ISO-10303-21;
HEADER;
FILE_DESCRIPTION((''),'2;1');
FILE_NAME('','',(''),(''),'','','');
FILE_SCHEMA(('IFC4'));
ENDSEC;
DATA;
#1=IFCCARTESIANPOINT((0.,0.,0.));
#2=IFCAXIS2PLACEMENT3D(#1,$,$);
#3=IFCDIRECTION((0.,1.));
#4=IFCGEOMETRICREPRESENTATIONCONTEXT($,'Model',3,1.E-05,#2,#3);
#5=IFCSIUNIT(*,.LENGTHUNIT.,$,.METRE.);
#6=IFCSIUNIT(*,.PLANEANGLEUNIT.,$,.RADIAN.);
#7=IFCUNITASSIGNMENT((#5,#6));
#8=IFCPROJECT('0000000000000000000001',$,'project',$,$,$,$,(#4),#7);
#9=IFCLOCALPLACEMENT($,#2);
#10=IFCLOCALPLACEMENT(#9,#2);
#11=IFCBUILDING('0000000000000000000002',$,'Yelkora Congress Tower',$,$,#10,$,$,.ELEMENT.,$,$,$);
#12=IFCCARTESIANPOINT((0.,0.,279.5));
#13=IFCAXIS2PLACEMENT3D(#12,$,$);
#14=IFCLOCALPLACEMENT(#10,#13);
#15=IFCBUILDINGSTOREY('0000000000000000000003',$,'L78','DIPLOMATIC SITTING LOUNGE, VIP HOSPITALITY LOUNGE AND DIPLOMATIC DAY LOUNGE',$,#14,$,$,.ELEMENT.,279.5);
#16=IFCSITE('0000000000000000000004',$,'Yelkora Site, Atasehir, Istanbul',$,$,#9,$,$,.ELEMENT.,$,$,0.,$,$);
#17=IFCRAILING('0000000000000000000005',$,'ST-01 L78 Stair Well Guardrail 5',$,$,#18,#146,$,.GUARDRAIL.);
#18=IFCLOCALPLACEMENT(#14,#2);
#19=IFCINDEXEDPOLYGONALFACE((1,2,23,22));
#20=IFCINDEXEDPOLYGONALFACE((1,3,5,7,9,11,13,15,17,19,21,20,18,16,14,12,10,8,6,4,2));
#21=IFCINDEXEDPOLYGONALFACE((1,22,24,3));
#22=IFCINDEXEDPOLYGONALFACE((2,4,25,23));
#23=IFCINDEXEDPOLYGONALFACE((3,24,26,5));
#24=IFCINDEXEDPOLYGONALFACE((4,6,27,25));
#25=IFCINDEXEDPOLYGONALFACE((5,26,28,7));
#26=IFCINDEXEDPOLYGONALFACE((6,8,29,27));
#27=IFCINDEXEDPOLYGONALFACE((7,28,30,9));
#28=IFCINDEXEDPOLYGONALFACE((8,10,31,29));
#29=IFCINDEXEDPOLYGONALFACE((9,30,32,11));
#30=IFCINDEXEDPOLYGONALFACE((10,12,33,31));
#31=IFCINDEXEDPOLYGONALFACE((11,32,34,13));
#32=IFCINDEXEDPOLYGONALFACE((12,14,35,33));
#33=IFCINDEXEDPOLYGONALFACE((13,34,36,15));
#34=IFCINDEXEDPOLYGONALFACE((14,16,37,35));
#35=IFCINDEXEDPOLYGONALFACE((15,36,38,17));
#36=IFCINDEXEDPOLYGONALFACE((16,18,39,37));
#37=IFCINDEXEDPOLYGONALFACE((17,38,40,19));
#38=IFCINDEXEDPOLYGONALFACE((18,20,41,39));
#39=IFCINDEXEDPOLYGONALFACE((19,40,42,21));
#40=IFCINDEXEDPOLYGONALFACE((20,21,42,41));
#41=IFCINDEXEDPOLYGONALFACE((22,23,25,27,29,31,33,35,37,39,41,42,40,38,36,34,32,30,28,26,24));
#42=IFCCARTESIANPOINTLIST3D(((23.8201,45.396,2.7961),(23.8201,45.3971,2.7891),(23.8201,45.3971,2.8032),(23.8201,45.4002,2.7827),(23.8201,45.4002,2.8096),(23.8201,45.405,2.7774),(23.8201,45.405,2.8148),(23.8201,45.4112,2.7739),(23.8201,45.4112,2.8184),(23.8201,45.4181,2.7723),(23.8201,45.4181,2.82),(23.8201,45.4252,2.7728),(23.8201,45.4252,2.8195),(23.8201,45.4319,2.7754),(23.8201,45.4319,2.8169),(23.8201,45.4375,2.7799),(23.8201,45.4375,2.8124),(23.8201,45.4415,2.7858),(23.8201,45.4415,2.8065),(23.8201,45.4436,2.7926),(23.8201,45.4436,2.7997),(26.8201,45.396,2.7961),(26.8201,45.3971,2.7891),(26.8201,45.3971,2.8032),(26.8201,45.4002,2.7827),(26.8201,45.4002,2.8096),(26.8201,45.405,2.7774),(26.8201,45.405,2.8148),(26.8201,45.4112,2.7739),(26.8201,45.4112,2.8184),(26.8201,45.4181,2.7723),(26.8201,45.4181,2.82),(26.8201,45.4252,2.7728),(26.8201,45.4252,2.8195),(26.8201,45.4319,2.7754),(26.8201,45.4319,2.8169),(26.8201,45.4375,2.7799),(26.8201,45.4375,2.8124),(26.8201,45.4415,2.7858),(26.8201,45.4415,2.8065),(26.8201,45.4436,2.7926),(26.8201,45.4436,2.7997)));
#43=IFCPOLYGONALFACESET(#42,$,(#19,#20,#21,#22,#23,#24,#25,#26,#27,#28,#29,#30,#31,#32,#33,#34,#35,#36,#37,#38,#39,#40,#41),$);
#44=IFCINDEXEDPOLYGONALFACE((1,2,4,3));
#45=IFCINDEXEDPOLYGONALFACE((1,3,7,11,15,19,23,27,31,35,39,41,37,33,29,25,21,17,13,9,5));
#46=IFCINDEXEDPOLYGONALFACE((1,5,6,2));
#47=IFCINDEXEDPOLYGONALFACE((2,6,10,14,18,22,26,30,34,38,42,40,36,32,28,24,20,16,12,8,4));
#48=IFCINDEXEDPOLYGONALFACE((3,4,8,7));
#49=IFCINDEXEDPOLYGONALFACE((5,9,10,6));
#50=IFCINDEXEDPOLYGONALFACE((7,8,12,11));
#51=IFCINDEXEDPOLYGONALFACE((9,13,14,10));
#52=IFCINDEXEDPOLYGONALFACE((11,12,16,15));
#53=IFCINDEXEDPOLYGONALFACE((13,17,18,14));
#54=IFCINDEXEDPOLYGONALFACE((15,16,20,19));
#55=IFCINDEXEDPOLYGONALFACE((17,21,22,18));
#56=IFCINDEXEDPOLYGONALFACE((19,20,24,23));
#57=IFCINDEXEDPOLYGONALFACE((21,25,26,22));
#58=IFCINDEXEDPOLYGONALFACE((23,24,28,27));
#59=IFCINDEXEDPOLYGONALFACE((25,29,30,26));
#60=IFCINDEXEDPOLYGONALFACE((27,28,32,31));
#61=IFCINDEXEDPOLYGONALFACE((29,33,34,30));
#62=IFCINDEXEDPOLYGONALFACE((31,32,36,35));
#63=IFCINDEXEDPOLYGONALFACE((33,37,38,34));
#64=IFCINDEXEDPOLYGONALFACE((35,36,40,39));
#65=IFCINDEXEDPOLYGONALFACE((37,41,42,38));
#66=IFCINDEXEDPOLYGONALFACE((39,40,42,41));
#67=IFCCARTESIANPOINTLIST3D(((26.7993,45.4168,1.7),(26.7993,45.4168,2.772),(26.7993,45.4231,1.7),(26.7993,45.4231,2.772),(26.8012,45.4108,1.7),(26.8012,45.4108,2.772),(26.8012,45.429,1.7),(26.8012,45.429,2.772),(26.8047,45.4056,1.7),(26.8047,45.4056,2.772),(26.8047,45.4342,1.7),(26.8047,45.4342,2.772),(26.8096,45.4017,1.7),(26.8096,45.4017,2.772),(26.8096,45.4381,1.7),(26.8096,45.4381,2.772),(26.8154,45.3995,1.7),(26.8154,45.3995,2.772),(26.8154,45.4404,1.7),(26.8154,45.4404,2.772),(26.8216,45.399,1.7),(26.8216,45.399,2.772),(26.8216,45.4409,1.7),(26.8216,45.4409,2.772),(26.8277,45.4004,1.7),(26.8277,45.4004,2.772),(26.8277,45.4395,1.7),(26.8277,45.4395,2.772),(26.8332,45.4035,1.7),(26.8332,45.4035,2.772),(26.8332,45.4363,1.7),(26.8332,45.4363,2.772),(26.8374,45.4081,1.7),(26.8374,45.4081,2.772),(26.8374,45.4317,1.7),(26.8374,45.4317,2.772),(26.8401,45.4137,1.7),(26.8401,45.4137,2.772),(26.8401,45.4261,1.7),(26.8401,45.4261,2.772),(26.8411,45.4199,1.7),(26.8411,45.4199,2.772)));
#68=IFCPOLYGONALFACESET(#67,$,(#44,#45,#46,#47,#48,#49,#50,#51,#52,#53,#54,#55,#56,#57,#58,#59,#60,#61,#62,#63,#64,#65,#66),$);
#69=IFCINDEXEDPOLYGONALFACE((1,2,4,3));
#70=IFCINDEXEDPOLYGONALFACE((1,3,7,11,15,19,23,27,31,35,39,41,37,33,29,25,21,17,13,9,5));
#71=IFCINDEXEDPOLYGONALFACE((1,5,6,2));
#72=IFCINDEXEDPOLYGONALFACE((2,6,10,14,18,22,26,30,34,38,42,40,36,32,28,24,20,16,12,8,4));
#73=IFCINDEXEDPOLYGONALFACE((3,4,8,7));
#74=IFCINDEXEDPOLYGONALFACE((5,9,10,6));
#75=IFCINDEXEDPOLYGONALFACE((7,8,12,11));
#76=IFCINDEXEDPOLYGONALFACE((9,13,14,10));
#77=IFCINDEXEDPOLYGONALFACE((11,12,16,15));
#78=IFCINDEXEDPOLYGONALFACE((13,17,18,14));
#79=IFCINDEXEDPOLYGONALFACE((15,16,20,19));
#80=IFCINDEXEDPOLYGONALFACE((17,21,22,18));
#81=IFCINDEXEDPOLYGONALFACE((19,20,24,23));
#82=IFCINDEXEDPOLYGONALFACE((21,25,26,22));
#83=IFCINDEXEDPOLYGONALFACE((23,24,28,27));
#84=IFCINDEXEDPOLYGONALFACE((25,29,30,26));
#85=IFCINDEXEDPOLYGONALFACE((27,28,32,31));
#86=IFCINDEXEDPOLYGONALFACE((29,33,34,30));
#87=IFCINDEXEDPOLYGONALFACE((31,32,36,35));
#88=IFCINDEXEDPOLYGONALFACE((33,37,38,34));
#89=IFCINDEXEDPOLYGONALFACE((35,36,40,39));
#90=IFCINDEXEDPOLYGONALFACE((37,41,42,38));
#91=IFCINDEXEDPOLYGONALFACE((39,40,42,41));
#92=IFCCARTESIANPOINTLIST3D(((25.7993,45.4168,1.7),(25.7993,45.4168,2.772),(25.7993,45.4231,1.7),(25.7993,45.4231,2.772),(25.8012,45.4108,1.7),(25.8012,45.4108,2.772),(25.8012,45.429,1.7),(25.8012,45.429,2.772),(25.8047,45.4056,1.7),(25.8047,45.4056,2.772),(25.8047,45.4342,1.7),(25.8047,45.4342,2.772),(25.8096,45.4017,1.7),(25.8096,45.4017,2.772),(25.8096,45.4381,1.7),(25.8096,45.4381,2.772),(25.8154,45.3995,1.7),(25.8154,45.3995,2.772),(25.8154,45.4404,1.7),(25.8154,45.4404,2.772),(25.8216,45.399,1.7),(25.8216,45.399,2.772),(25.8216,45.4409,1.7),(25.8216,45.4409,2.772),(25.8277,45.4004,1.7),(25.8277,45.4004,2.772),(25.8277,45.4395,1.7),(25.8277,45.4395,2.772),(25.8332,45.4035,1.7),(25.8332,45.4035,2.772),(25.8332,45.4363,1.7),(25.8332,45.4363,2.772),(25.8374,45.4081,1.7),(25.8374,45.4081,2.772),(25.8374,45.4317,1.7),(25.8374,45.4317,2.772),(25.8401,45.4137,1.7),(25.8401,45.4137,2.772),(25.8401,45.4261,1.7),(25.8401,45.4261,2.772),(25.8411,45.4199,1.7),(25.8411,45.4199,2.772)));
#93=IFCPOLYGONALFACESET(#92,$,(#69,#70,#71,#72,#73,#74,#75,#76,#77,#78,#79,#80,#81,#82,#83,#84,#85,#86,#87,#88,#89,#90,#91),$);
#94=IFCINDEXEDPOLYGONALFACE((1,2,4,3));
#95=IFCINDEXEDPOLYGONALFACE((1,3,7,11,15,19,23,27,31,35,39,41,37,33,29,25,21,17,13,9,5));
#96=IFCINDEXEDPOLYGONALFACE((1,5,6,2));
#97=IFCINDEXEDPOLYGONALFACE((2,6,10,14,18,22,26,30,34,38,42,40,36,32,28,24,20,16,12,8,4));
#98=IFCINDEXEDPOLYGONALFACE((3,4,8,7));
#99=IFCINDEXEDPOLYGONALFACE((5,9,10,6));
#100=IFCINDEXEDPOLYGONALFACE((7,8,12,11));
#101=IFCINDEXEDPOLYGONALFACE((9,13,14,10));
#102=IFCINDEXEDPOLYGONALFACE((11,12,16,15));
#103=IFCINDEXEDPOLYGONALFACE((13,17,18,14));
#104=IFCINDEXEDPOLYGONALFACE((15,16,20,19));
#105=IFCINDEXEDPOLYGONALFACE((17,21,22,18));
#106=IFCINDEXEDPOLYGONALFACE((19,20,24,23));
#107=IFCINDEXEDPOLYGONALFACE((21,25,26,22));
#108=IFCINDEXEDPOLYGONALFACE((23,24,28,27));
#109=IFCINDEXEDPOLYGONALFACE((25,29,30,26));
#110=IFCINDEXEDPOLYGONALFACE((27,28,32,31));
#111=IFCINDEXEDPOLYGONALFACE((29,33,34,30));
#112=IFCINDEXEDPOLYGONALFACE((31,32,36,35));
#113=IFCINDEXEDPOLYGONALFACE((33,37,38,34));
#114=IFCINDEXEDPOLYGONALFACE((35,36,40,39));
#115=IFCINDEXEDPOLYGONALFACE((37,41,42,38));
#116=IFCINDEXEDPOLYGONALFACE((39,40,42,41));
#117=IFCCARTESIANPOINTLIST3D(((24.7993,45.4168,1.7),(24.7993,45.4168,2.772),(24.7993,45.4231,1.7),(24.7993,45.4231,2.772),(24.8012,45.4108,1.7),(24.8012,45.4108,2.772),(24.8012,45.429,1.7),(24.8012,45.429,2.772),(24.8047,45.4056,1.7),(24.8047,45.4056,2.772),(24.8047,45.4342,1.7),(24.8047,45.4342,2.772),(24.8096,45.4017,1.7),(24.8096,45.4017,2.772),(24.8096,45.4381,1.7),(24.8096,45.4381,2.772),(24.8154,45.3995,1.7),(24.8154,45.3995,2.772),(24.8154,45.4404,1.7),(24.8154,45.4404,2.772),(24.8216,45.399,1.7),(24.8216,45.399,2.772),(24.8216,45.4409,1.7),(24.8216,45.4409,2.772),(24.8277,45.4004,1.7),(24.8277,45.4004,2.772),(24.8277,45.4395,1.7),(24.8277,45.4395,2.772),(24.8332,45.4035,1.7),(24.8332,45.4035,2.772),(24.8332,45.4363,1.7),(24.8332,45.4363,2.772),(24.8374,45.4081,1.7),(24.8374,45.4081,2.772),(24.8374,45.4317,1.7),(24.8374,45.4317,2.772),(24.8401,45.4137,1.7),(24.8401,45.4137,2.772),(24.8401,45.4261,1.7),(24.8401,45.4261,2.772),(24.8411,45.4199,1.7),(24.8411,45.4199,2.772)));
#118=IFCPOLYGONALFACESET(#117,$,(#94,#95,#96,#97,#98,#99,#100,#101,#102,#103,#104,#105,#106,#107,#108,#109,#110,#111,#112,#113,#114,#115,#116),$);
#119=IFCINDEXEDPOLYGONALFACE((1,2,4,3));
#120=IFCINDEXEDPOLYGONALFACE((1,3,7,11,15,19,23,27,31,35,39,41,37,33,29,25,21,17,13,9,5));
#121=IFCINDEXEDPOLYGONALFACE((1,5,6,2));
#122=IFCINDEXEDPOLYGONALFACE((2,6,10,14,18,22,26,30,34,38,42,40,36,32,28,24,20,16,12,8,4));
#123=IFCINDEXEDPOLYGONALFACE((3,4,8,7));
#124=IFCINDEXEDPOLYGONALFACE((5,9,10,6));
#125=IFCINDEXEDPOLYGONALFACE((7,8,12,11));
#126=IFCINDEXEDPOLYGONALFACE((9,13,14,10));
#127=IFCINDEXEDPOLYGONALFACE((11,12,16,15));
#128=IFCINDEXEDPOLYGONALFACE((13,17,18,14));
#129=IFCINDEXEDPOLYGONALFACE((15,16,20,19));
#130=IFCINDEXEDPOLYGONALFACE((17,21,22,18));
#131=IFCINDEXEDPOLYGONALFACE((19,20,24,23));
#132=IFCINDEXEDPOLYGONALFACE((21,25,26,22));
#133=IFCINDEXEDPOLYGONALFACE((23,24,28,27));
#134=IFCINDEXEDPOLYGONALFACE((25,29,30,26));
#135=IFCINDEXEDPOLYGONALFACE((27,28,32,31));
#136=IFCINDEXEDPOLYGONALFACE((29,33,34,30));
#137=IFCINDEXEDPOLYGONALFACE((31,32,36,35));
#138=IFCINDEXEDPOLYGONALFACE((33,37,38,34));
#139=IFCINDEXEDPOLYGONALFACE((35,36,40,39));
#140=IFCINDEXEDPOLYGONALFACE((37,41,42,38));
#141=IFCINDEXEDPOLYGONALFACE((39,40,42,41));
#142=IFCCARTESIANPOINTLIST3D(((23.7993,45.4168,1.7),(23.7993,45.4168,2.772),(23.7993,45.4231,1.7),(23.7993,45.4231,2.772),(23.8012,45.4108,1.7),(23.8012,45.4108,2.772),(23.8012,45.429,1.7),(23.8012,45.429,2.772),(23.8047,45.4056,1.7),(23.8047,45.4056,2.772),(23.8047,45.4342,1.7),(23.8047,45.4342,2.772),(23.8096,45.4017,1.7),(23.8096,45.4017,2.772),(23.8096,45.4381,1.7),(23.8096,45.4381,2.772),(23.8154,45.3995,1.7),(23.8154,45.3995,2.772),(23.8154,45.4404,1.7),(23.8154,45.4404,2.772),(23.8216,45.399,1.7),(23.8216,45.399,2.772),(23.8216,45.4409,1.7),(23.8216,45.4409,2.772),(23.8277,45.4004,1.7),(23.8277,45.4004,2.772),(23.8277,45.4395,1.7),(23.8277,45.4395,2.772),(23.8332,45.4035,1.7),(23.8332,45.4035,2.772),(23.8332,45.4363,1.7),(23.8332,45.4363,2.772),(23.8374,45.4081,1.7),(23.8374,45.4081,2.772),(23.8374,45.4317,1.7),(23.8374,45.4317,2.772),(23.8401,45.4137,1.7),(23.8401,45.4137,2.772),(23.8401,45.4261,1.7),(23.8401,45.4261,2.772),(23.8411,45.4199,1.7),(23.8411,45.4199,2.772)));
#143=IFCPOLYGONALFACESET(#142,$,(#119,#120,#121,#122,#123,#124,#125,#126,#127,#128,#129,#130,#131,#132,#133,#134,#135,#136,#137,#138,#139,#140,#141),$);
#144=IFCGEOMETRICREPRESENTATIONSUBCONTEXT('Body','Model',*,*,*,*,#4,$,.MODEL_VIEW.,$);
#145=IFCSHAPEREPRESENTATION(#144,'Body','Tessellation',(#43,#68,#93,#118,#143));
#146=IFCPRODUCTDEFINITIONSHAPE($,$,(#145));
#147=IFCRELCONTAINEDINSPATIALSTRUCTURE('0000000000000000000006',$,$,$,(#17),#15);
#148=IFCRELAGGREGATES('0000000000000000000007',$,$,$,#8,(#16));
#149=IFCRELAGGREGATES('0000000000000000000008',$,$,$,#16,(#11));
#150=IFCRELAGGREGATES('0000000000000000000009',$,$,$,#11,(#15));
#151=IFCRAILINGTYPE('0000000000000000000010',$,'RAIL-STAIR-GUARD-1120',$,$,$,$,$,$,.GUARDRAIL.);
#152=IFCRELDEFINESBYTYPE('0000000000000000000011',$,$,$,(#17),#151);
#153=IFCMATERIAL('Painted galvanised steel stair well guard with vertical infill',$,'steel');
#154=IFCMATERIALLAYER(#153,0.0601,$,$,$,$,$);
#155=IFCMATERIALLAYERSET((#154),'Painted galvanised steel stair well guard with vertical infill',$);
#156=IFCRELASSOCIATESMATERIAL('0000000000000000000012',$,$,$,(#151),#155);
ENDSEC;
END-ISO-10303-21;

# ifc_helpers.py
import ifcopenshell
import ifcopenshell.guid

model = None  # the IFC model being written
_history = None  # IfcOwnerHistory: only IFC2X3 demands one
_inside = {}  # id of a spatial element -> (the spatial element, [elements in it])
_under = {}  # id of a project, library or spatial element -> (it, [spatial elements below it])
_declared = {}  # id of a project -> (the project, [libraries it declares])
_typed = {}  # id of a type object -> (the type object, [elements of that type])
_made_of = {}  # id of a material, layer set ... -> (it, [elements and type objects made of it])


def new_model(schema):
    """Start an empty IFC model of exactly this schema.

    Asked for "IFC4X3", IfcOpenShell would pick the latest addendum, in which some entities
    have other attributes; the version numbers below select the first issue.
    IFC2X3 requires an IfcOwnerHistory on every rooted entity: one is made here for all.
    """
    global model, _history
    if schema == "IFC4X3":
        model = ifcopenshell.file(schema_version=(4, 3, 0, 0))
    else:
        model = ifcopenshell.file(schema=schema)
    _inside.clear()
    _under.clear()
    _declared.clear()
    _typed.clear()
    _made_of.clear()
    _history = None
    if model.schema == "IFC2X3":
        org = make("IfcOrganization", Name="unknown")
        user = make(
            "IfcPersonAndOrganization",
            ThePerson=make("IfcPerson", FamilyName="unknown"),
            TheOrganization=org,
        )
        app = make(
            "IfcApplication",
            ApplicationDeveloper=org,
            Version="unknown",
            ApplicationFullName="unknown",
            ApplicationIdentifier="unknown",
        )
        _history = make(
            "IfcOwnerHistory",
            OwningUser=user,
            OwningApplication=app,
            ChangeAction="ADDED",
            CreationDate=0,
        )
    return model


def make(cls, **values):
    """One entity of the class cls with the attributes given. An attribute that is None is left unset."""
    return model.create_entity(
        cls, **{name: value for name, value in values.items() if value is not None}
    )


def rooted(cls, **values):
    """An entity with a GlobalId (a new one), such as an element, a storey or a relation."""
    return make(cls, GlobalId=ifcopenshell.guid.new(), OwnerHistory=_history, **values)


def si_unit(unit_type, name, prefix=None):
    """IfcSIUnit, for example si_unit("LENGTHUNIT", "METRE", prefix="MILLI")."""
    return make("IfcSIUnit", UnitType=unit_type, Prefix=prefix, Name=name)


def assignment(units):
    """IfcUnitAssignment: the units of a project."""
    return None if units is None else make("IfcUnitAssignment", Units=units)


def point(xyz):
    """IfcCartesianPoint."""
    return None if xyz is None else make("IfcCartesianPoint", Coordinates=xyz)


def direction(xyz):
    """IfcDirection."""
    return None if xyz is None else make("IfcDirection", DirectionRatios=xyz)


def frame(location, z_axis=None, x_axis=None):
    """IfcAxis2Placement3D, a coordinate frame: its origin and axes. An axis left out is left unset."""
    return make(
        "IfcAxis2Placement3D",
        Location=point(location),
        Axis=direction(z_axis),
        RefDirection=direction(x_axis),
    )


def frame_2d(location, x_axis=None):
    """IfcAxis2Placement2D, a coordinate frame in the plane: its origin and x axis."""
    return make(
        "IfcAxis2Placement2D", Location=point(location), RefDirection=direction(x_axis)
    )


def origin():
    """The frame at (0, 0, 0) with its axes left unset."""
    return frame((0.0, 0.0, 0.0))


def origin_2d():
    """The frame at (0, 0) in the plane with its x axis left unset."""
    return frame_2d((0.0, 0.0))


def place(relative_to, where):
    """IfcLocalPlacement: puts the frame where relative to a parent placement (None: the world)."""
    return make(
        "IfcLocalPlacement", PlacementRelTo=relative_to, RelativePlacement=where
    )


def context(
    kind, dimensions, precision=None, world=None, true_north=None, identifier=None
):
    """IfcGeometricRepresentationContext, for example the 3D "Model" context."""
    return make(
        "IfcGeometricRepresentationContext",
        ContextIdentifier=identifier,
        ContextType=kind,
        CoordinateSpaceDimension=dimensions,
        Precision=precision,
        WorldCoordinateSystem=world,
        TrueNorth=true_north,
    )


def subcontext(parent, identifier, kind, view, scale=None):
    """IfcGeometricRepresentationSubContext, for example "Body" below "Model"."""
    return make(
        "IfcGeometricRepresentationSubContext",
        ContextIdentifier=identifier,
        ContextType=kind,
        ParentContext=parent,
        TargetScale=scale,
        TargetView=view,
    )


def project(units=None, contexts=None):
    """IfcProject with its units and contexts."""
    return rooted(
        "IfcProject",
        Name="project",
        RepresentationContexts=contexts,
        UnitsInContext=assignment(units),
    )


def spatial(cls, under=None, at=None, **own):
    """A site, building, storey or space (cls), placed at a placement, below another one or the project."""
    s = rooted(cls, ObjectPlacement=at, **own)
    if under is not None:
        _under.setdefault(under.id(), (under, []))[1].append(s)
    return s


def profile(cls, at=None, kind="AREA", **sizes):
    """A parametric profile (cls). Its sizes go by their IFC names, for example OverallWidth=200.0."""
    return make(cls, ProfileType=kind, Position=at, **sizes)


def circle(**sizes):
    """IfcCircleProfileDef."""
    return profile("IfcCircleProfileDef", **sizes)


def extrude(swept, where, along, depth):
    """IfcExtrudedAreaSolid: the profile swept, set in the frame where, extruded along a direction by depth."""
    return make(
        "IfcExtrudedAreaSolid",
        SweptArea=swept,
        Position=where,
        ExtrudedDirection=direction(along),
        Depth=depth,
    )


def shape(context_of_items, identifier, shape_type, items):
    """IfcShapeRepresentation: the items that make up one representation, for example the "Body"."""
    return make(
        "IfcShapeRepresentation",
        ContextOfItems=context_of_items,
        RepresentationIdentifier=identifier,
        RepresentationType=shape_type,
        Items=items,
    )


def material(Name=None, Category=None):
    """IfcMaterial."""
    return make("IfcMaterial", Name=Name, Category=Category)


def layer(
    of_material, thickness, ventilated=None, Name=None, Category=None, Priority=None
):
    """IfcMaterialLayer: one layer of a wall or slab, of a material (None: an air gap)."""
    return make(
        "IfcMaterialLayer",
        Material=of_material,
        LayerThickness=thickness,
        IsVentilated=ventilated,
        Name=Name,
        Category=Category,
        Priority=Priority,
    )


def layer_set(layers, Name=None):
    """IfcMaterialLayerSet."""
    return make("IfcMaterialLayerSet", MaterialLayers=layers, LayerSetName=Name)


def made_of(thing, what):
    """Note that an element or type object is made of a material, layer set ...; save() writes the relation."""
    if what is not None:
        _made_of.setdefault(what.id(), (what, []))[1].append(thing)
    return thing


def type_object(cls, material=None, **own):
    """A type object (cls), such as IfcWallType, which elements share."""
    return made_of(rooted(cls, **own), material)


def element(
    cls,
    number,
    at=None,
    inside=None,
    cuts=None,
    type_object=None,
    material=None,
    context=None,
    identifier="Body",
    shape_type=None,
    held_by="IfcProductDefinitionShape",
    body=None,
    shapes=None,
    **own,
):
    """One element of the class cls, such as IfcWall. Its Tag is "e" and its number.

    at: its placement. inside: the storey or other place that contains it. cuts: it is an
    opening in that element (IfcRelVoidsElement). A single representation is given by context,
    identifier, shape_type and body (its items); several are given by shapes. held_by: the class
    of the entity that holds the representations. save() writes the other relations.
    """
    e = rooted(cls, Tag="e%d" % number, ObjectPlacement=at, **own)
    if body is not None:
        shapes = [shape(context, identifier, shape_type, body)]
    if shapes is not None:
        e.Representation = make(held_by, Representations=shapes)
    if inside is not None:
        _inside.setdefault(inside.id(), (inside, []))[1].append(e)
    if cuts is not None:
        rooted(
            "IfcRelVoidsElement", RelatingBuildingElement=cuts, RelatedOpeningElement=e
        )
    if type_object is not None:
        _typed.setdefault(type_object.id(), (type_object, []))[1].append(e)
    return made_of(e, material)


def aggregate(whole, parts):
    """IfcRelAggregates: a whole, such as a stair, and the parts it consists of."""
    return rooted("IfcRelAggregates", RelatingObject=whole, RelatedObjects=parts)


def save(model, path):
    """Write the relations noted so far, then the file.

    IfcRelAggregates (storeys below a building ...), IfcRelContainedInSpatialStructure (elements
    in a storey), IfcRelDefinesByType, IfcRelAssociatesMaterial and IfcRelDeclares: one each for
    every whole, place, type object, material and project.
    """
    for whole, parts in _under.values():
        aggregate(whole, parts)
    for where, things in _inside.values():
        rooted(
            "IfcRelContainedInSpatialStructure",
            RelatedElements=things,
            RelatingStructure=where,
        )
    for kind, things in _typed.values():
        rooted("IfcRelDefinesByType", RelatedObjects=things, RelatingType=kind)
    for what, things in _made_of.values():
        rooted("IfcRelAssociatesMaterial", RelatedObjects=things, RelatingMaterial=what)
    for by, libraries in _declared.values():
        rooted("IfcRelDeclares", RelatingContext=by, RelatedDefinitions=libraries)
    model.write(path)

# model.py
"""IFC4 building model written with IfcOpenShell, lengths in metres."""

from ifc_helpers import new_model, si_unit, direction, frame, origin, origin_2d, place, context, subcontext, project, spatial, circle, extrude, material, layer, layer_set, type_object, element, save


model = new_model("IFC4")

# Units and contexts
model_context = context("Model", 3, precision=1e-05, world=origin(), true_north=direction((0.0, 1.0)))
body_context = subcontext(model_context, "Body", "Model", "MODEL_VIEW")
ifc_project = project(units=[si_unit("LENGTHUNIT", "METRE"), si_unit("PLANEANGLEUNIT", "RADIAN")], contexts=[model_context])

# Site, building, storey
site_placement = place(None, origin())
site = spatial("IfcSite", under=ifc_project, at=site_placement, Name="Yelkora Site, Atasehir, Istanbul", CompositionType="ELEMENT", RefElevation=0.0)
building_placement = place(site_placement, origin())
building = spatial("IfcBuilding", under=site, at=building_placement, Name="Yelkora Congress Tower", CompositionType="ELEMENT")
storey_placement = place(building_placement, frame((0.0, 0.0, 279.5)))
storey = spatial("IfcBuildingStorey", under=building, at=storey_placement, Name="L78", Description="DIPLOMATIC SITTING LOUNGE, VIP HOSPITALITY LOUNGE AND DIPLOMATIC DAY LOUNGE", CompositionType="ELEMENT", Elevation=279.5)

# Railing
ifc_material_1 = material(Name="Painted galvanised steel stair well guard with vertical infill", Category="steel")
ifc_layer_1 = layer(ifc_material_1, 0.0601)
ifc_layer_set_1 = layer_set([ifc_layer_1], Name="Painted galvanised steel stair well guard with vertical infill")
railing_type = type_object("IfcRailingType", Name="RAIL-STAIR-GUARD-1120", PredefinedType="GUARDRAIL", material=ifc_layer_set_1)
railing_1_placement = place(storey_placement, frame((26.8201, 45.4199, 1.7)))
element("IfcRailing", 1, at=railing_1_placement, inside=storey, type_object=railing_type, Name="ST-01 L78 Stair Well Guardrail 5", PredefinedType="GUARDRAIL", context=body_context, shape_type="SweptSolid", body=[
    extrude(circle(Radius=0.0239, at=origin_2d()), frame((0.0, 0.0, 1.0962), z_axis=(-1.0, 0.0, 0.0), x_axis=(0.0, -1.0, 0.0)), (0.0, 0.0, 1.0), 3.0),
    extrude(circle(Radius=0.021, at=origin_2d()), origin(), (0.0, 0.0, 1.0), 1.072),
    extrude(circle(Radius=0.021, at=origin_2d()), frame((-1.0, 0.0, 0.0)), (0.0, 0.0, 1.0), 1.072),
    extrude(circle(Radius=0.021, at=origin_2d()), frame((-2.0, 0.0, 0.0)), (0.0, 0.0, 1.0), 1.072),
    extrude(circle(Radius=0.021, at=origin_2d()), frame((-3.0, 0.0, 0.0)), (0.0, 0.0, 1.0), 1.072),
])

save(model, "model.ifc")
